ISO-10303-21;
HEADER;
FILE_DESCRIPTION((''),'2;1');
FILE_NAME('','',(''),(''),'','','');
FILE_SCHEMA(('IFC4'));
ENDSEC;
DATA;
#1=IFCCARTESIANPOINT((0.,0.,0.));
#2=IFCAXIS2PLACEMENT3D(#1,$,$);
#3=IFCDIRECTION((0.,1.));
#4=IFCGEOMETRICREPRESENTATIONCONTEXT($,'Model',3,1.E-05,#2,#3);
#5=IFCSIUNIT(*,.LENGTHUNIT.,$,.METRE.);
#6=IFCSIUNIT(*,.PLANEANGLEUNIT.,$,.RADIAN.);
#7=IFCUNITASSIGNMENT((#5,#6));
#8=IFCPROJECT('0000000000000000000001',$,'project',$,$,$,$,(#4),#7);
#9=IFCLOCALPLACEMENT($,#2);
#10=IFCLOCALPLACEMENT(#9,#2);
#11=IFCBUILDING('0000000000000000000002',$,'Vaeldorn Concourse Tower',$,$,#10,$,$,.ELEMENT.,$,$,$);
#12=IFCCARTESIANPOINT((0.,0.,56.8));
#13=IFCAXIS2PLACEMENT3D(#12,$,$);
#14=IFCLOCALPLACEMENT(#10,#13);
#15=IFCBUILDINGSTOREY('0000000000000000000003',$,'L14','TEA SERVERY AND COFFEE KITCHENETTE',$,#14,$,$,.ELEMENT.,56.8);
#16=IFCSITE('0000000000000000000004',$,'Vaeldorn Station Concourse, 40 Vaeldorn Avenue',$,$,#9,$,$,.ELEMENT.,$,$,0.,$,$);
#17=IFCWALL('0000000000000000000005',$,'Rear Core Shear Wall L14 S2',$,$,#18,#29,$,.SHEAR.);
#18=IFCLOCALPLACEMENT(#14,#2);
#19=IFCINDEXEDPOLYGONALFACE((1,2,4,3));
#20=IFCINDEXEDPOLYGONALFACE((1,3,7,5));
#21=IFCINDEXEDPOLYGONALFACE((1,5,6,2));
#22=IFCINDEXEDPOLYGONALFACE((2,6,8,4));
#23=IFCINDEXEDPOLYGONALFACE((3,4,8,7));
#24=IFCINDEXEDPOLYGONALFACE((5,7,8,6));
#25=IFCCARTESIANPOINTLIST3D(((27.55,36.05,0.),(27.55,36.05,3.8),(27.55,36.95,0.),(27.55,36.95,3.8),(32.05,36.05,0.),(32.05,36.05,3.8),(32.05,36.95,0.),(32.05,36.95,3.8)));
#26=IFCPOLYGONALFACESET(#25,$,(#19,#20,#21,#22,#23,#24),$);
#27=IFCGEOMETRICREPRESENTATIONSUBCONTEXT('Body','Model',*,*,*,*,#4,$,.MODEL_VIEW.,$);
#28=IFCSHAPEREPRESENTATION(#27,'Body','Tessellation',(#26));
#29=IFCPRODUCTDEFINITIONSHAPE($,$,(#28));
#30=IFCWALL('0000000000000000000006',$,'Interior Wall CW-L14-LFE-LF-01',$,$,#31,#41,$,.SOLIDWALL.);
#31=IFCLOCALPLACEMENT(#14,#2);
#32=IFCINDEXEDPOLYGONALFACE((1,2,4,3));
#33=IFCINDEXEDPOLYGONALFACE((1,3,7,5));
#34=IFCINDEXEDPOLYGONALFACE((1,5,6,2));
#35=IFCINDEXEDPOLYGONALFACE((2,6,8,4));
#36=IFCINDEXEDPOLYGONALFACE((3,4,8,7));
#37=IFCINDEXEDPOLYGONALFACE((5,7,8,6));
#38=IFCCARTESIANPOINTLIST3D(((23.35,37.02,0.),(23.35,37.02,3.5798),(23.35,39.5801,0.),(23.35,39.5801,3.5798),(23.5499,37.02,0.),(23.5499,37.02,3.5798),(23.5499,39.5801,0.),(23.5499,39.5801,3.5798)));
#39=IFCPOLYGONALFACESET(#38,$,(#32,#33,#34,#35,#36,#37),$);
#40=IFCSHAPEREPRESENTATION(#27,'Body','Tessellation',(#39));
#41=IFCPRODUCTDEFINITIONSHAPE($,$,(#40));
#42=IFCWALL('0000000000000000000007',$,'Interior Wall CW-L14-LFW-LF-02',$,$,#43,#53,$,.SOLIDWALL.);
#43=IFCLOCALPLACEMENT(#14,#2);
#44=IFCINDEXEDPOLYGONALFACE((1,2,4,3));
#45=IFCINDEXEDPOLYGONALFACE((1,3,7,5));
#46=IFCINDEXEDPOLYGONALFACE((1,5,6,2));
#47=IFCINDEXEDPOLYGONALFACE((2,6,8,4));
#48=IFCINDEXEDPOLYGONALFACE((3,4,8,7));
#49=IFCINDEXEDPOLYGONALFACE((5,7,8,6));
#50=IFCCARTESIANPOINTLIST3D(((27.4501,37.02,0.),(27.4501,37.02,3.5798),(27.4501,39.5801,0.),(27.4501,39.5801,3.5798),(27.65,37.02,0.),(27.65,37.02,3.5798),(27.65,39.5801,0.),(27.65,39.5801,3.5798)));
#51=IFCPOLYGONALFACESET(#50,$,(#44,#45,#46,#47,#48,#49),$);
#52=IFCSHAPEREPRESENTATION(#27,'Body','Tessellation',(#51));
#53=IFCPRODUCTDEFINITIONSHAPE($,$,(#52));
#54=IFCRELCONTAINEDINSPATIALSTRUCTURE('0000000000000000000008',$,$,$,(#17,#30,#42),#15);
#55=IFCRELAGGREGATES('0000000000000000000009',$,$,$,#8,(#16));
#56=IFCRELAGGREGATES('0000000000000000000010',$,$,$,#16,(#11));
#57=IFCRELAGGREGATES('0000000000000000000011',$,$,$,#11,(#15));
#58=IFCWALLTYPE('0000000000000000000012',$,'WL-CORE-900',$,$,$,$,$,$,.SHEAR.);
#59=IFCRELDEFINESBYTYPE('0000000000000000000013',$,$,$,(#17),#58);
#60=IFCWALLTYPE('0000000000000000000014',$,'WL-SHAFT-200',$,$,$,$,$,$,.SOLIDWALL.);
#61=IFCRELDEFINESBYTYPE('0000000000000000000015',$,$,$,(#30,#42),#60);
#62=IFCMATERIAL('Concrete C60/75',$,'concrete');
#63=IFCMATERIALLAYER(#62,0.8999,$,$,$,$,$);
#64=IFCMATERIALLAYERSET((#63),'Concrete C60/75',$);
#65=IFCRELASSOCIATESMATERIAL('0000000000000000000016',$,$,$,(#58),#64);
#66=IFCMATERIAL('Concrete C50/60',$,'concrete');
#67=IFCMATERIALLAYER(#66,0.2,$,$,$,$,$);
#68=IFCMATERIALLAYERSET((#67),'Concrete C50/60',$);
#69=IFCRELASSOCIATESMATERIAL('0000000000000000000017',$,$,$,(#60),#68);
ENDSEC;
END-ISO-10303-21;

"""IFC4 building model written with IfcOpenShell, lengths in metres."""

from ifc_helpers import new_model, si_unit, direction, frame, frame_2d, origin, place, context, subcontext, project, spatial, rectangle, extrude, material, layer, layer_set, type_object, element, save


model = new_model("IFC4")

# Units and contexts
model_context = context("Model", 3, precision=1e-05, world=origin(), true_north=direction((0.0, 1.0)))
body_context = subcontext(model_context, "Body", "Model", "MODEL_VIEW")
ifc_project = project(units=[si_unit("LENGTHUNIT", "METRE"), si_unit("PLANEANGLEUNIT", "RADIAN")], contexts=[model_context])

# Site, building, storey
site_placement = place(None, origin())
site = spatial("IfcSite", under=ifc_project, at=site_placement, Name="Vaeldorn Station Concourse, 40 Vaeldorn Avenue", CompositionType="ELEMENT", RefElevation=0.0)
building_placement = place(site_placement, origin())
building = spatial("IfcBuilding", under=site, at=building_placement, Name="Vaeldorn Concourse Tower", CompositionType="ELEMENT")
storey_placement = place(building_placement, frame((0.0, 0.0, 56.8)))
storey = spatial("IfcBuildingStorey", under=building, at=storey_placement, Name="L14", Description="TEA SERVERY AND COFFEE KITCHENETTE", CompositionType="ELEMENT", Elevation=56.8)

# Wall
ifc_material_1 = material(Name="Concrete C60/75", Category="concrete")
ifc_layer_1 = layer(ifc_material_1, 0.8999)
ifc_layer_set_1 = layer_set([ifc_layer_1], Name="Concrete C60/75")
wall_type_1 = type_object("IfcWallType", Name="WL-CORE-900", PredefinedType="SHEAR", material=ifc_layer_set_1)
wall_1_placement = place(storey_placement, frame((27.55, 36.5, 0.0), z_axis=(0.0, 0.0, 1.0), x_axis=(1.0, 0.0, 0.0)))
element("IfcWall", 1, at=wall_1_placement, inside=storey, type_object=wall_type_1, Name="Rear Core Shear Wall L14 S2", PredefinedType="SHEAR", context=body_context, shape_type="SweptSolid", body=[
    extrude(rectangle(XDim=4.5, YDim=0.8999, at=frame_2d((2.25, 0.0))), origin(), (0.0, 0.0, 1.0), 3.8),
])

# Shared definitions
ifc_material_2 = material(Name="Concrete C50/60", Category="concrete")
ifc_layer_2 = layer(ifc_material_2, 0.2)
ifc_layer_set_2 = layer_set([ifc_layer_2], Name="Concrete C50/60")
wall_type_2 = type_object("IfcWallType", Name="WL-SHAFT-200", PredefinedType="SOLIDWALL", material=ifc_layer_set_2)

# Wall
wall_2_placement = place(storey_placement, frame((23.45, 37.02, 0.0), z_axis=(0.0, 0.0, 1.0), x_axis=(0.0, 1.0, 0.0)))
element("IfcWall", 2, at=wall_2_placement, inside=storey, type_object=wall_type_2, Name="Interior Wall CW-L14-LFE-LF-01", PredefinedType="SOLIDWALL", context=body_context, shape_type="SweptSolid", body=[
    extrude(rectangle(XDim=2.5601, YDim=0.2, at=frame_2d((1.28, 0.0))), origin(), (0.0, 0.0, 1.0), 3.5798),
])

# Wall
wall_3_placement = place(storey_placement, frame((27.55, 37.02, 0.0), z_axis=(0.0, 0.0, 1.0), x_axis=(0.0, 1.0, 0.0)))
element("IfcWall", 3, at=wall_3_placement, inside=storey, type_object=wall_type_2, Name="Interior Wall CW-L14-LFW-LF-02", PredefinedType="SOLIDWALL", context=body_context, shape_type="SweptSolid", body=[
    extrude(rectangle(XDim=2.5601, YDim=0.2, at=frame_2d((1.28, 0.0))), origin(), (0.0, 0.0, 1.0), 3.5798),
])

save(model, "model.ifc")
